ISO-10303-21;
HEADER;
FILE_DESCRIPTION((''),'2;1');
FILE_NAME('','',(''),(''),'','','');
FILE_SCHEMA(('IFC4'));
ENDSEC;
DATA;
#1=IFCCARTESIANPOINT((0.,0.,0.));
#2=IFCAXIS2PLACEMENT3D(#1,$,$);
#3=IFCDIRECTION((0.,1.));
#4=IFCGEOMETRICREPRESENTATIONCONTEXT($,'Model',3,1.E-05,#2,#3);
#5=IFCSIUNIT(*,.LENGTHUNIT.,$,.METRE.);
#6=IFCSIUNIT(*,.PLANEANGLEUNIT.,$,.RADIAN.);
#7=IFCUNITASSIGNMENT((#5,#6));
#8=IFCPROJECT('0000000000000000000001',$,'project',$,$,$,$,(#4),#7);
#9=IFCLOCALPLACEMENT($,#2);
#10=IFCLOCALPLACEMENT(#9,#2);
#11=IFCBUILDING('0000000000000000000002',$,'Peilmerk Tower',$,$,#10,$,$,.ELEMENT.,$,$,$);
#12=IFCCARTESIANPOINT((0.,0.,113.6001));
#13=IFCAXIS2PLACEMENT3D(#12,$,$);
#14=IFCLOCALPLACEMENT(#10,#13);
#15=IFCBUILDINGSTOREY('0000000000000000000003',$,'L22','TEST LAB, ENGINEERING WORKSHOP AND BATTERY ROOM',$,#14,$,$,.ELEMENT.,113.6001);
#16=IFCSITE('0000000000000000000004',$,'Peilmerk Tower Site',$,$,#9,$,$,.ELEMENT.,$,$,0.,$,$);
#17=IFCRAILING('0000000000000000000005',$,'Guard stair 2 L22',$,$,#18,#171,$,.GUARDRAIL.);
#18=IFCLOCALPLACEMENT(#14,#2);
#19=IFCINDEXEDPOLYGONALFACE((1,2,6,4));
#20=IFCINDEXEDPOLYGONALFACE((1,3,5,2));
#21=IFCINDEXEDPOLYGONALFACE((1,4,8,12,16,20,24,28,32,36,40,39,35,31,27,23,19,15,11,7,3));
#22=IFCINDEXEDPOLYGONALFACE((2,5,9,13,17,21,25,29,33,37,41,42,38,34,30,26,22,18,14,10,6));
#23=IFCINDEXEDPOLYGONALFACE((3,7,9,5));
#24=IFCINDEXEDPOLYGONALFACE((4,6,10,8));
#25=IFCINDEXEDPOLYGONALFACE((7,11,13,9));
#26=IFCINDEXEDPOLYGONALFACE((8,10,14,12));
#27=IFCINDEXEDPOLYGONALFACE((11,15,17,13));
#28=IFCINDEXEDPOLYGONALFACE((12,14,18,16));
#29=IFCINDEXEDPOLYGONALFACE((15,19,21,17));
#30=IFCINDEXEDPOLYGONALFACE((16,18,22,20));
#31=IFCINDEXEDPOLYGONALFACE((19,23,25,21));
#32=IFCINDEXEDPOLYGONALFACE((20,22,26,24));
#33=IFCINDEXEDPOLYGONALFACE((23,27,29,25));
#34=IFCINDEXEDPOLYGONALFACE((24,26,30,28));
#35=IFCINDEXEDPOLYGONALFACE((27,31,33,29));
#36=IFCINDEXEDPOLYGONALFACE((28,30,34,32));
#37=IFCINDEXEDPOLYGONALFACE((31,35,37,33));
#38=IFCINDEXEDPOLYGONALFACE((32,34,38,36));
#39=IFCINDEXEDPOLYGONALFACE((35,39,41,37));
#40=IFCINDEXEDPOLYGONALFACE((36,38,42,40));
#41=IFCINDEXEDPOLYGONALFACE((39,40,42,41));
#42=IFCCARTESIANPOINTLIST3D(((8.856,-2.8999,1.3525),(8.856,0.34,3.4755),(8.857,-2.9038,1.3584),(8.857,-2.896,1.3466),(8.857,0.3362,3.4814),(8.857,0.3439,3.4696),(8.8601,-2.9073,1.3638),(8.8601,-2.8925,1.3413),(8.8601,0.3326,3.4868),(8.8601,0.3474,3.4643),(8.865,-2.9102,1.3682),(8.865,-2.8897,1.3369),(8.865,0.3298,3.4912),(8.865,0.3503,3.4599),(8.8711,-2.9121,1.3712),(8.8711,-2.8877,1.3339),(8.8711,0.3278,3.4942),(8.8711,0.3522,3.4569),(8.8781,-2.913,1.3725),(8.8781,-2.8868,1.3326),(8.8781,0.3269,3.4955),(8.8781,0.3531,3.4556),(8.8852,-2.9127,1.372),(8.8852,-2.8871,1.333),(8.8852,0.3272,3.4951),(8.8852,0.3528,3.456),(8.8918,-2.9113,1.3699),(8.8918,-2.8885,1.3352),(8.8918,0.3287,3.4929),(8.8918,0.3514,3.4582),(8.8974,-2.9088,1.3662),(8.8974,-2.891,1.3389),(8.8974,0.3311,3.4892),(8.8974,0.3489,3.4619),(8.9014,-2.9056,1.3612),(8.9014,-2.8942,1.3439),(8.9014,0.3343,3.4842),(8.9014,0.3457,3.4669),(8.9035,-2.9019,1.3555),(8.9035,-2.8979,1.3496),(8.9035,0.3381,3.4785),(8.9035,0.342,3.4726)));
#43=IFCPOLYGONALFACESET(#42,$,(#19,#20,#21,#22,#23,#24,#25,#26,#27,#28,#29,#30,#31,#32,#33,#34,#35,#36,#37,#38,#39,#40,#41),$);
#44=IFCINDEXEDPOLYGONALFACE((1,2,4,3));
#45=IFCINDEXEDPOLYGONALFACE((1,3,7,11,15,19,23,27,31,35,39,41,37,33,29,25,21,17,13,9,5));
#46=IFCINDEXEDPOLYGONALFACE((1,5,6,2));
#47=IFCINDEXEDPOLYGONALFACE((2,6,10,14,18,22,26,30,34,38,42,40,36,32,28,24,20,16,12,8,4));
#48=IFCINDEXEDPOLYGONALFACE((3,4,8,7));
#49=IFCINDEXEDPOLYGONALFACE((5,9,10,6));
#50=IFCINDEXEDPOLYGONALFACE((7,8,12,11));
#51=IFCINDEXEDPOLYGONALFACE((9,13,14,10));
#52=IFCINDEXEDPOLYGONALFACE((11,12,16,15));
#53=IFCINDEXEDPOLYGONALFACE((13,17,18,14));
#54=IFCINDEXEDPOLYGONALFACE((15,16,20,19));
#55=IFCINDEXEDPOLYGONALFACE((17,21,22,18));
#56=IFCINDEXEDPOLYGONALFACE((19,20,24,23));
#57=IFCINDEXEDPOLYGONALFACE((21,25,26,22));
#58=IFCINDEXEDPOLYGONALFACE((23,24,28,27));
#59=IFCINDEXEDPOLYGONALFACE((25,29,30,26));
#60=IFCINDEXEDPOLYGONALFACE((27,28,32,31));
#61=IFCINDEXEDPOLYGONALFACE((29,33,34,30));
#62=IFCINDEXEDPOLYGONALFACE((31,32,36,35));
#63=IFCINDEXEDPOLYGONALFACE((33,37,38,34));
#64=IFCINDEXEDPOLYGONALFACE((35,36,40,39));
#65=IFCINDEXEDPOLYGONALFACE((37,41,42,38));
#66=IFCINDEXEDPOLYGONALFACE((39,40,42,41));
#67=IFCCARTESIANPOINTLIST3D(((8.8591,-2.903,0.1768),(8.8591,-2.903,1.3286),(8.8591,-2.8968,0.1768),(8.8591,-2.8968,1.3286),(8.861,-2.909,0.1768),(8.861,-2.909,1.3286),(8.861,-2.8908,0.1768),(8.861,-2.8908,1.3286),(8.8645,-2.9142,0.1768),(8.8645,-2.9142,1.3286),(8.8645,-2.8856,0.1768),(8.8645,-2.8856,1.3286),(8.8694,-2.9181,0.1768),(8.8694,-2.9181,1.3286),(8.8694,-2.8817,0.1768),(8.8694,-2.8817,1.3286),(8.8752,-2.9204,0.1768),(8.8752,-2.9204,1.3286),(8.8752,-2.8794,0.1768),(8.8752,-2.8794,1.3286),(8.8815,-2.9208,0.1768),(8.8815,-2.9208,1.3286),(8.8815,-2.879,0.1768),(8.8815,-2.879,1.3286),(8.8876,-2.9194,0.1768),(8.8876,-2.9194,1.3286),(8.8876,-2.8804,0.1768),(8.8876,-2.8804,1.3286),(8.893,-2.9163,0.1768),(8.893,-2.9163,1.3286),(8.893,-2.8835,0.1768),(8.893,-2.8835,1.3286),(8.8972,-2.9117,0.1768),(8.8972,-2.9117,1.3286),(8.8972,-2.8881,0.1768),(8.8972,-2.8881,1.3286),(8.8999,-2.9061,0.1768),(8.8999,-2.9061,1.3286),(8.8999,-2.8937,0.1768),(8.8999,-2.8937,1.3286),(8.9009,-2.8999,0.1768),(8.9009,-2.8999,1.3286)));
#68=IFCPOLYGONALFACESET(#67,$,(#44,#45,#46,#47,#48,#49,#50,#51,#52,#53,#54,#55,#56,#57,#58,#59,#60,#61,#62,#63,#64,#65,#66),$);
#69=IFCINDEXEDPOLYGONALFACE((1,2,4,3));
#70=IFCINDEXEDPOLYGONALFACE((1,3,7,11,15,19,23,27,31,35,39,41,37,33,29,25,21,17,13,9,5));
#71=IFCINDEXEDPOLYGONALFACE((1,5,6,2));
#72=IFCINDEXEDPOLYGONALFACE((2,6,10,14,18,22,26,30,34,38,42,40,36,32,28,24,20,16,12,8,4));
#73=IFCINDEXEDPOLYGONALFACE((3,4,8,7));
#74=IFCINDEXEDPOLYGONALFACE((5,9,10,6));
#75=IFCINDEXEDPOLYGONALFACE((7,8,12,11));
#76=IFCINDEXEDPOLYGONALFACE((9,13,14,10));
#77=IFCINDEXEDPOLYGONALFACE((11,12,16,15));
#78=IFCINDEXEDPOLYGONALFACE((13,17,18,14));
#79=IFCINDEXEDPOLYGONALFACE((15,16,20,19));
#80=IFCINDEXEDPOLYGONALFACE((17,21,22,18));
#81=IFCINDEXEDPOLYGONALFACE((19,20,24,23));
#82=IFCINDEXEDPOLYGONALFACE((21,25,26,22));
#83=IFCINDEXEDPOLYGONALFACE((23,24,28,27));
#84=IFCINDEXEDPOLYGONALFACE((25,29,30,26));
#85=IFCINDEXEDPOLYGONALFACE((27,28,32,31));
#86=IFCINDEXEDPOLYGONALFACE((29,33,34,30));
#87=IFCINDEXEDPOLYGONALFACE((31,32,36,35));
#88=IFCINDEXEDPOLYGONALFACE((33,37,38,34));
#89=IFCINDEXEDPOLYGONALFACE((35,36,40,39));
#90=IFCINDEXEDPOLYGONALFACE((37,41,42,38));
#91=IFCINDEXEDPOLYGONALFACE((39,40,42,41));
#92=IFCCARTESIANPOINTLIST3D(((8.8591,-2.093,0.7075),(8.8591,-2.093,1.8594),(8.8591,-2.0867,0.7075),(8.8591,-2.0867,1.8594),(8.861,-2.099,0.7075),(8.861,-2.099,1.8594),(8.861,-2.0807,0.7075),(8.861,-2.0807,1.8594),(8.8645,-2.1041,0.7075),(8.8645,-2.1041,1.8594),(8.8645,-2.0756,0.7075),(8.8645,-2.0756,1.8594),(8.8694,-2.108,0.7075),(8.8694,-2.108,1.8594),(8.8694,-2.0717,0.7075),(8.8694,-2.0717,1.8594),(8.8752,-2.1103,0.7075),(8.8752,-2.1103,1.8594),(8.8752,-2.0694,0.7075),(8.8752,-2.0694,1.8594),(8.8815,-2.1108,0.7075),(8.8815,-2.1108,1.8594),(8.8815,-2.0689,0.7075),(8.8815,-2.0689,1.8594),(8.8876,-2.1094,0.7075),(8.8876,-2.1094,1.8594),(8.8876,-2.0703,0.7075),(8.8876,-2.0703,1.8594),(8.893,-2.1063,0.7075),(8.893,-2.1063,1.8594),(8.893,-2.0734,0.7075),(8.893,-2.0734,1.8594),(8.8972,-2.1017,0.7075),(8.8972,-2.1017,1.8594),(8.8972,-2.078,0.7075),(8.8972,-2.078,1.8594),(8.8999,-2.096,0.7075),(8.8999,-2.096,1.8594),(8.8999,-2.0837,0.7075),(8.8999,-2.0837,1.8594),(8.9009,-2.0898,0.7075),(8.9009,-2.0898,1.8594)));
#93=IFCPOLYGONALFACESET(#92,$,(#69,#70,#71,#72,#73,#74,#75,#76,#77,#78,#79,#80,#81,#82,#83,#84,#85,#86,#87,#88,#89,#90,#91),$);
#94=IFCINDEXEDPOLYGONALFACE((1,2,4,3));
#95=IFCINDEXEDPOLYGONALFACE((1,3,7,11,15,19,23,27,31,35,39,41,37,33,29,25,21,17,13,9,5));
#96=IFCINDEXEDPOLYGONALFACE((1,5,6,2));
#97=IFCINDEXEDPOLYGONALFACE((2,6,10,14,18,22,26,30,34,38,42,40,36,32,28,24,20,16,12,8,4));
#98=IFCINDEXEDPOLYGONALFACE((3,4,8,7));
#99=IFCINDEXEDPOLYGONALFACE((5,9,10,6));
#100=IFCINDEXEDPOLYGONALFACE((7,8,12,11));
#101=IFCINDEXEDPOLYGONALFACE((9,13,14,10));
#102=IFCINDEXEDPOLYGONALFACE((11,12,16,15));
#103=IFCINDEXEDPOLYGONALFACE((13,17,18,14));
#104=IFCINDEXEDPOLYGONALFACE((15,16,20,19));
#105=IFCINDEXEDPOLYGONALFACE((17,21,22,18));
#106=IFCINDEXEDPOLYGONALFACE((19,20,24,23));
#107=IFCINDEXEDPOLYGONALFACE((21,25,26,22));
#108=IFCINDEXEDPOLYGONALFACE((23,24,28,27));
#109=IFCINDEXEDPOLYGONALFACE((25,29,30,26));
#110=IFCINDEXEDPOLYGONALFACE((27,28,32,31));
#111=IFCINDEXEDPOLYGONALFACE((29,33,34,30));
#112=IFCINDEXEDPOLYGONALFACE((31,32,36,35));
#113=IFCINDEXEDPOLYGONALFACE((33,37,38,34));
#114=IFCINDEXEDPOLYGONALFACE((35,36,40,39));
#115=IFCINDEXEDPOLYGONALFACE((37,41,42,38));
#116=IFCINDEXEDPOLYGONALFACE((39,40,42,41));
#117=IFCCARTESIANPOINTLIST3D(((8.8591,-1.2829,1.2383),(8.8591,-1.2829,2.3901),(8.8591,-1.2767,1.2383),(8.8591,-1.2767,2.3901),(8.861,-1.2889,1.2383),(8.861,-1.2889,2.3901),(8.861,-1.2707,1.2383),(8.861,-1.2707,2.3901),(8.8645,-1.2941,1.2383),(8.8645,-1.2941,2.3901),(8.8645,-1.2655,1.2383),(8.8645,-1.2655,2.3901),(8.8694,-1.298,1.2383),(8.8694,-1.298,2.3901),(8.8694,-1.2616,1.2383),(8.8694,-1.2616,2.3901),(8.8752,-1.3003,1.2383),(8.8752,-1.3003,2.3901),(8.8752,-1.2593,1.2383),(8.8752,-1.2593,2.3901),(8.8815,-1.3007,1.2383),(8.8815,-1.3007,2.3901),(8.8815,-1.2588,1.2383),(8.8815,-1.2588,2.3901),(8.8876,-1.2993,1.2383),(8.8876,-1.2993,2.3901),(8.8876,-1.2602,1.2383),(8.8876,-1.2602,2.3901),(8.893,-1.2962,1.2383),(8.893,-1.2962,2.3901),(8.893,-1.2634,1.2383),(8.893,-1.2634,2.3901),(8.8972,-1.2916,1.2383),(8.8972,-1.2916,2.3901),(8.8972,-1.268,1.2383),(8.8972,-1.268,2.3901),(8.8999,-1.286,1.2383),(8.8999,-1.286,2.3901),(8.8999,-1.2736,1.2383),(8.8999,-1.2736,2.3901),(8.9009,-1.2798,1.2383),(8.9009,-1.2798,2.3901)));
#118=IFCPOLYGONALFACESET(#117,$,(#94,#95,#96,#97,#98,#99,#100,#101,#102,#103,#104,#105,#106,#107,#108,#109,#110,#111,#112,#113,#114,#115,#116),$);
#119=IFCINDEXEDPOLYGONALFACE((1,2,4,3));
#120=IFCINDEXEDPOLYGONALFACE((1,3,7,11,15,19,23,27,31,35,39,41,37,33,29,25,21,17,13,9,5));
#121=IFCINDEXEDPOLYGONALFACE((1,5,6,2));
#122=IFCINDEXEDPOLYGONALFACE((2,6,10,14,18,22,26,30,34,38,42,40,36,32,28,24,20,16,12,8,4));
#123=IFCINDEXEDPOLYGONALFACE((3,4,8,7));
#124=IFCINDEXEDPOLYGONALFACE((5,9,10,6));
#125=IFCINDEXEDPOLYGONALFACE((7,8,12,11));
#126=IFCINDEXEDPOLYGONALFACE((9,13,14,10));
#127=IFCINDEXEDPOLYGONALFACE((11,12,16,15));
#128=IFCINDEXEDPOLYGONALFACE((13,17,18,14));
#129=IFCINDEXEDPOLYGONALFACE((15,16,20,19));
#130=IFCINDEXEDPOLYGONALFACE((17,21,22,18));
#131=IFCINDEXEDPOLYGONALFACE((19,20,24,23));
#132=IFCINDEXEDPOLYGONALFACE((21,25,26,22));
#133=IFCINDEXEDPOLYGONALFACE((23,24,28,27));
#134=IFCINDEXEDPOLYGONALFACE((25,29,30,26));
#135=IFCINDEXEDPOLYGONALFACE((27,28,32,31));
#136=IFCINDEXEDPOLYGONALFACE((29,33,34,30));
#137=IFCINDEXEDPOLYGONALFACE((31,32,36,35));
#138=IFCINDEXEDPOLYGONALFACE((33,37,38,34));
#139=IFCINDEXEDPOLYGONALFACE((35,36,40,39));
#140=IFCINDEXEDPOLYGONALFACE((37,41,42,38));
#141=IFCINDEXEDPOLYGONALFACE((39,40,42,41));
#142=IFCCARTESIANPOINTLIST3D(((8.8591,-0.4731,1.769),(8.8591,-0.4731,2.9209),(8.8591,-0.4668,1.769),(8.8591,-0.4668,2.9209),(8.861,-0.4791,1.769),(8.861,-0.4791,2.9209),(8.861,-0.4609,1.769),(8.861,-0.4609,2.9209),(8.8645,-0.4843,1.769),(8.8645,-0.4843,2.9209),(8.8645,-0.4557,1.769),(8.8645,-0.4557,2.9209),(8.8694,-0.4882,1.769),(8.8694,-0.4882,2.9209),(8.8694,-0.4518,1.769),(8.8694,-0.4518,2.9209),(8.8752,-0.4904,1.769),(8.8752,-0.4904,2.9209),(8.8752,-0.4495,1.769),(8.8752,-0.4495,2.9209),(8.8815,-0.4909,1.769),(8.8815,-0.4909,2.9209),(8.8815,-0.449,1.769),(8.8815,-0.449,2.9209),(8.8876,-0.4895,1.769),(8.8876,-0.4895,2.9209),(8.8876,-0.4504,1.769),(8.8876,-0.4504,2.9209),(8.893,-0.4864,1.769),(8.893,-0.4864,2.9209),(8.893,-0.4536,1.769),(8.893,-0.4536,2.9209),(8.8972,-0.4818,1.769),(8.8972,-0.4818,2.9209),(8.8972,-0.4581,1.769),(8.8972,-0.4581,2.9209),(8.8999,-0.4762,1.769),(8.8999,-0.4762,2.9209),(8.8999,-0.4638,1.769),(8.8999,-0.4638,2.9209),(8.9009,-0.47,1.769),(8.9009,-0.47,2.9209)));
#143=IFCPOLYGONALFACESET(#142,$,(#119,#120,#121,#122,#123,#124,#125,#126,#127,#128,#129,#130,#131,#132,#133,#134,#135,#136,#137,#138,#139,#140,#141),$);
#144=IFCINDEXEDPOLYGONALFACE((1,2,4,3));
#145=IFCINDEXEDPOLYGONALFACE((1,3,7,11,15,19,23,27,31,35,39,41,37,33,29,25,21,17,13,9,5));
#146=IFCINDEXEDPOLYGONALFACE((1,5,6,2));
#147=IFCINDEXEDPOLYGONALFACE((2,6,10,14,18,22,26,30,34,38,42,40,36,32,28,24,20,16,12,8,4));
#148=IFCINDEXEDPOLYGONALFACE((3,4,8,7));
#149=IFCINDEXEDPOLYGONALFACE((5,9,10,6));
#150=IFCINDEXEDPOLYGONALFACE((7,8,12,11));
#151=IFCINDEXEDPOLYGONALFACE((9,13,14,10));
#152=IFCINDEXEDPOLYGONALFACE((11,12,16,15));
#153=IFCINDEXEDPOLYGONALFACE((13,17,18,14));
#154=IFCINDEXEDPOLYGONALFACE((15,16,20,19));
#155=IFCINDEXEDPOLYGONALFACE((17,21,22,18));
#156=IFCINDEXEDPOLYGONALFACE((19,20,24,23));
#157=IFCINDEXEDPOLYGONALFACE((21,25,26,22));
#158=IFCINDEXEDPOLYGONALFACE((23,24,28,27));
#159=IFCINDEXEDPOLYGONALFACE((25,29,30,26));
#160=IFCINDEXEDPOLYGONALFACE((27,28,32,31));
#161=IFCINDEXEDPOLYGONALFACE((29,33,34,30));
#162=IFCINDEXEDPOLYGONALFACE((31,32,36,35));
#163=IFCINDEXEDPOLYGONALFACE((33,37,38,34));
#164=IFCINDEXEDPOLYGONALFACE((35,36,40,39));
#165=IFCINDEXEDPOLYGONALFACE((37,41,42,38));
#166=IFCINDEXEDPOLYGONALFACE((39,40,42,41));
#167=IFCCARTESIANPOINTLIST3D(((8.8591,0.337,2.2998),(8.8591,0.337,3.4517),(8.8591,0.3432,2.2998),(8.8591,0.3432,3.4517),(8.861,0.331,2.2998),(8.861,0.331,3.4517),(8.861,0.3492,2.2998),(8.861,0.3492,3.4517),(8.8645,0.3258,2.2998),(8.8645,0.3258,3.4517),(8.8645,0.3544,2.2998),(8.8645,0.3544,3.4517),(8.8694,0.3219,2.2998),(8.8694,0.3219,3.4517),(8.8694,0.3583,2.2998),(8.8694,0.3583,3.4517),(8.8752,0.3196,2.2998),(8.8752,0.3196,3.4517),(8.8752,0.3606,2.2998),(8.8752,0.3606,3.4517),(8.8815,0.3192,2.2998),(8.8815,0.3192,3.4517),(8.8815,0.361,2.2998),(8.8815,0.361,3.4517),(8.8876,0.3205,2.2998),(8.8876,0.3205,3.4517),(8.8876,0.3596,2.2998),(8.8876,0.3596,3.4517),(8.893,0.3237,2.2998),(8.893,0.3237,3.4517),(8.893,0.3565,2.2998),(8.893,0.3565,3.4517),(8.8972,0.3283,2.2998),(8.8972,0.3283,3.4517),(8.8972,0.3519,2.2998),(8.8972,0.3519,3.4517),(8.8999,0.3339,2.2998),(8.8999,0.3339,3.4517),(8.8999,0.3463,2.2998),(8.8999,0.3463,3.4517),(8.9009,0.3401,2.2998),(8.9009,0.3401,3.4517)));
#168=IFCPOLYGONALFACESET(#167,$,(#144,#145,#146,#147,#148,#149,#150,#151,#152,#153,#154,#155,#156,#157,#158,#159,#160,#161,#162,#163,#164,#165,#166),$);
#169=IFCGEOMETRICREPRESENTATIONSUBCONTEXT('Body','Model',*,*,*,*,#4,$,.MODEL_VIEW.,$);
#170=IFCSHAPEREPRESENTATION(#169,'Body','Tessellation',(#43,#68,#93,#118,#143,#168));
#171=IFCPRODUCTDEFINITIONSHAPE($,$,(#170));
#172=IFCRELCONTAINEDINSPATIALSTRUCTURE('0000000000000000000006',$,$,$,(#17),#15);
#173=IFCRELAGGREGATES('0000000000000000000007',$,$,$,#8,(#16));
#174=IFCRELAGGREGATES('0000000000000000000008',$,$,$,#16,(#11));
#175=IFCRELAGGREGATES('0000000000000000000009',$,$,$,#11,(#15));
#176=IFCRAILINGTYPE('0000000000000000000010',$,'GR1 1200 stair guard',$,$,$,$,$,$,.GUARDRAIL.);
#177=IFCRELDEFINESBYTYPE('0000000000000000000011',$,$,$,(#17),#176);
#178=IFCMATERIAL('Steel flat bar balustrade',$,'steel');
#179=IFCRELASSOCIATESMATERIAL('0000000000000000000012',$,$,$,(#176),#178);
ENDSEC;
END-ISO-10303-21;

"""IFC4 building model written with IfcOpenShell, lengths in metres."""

from ifc_helpers import new_model, si_unit, direction, frame, origin, origin_2d, place, context, subcontext, project, spatial, circle, extrude, material, type_object, element, save


model = new_model("IFC4")

# Units and contexts
model_context = context("Model", 3, precision=1e-05, world=origin(), true_north=direction((0.0, 1.0)))
body_context = subcontext(model_context, "Body", "Model", "MODEL_VIEW")
ifc_project = project(units=[si_unit("LENGTHUNIT", "METRE"), si_unit("PLANEANGLEUNIT", "RADIAN")], contexts=[model_context])

# Site, building, storey
site_placement = place(None, origin())
site = spatial("IfcSite", under=ifc_project, at=site_placement, Name="Peilmerk Tower Site", CompositionType="ELEMENT", RefElevation=0.0)
building_placement = place(site_placement, origin())
building = spatial("IfcBuilding", under=site, at=building_placement, Name="Peilmerk Tower", CompositionType="ELEMENT")
storey_placement = place(building_placement, frame((0.0, 0.0, 113.6001)))
storey = spatial("IfcBuildingStorey", under=building, at=storey_placement, Name="L22", Description="TEST LAB, ENGINEERING WORKSHOP AND BATTERY ROOM", CompositionType="ELEMENT", Elevation=113.6001)

# Railing
ifc_material_1 = material(Name="Steel flat bar balustrade", Category="steel")
railing_type_1 = type_object("IfcRailingType", Name="GR1 1200 stair guard", PredefinedType="GUARDRAIL", material=ifc_material_1)
railing_1_placement = place(storey_placement, frame((8.8799, -2.8999, 0.1768)))
element("IfcRailing", 1, at=railing_1_placement, inside=storey, type_object=railing_type_1, Name="Guard stair 2 L22", PredefinedType="GUARDRAIL", context=body_context, shape_type="SweptSolid", body=[
    extrude(circle(Radius=0.0239, at=origin_2d()), frame((0.0, 0.0, 1.1758), z_axis=(0.0, 0.836426, 0.548079), x_axis=(-1.0, 0.0, 0.0)), (0.0, 0.0, 1.0), 3.8735),
    extrude(circle(Radius=0.021, at=origin_2d()), origin(), (0.0, 0.0, 1.0), 1.1519),
    extrude(circle(Radius=0.021, at=origin_2d()), frame((0.0, 0.8101, 0.5308)), (0.0, 0.0, 1.0), 1.1519),
    extrude(circle(Radius=0.021, at=origin_2d()), frame((0.0, 1.6201, 1.0615)), (0.0, 0.0, 1.0), 1.1519),
    extrude(circle(Radius=0.021, at=origin_2d()), frame((0.0, 2.4299, 1.5923)), (0.0, 0.0, 1.0), 1.1519),
    extrude(circle(Radius=0.021, at=origin_2d()), frame((0.0, 3.24, 2.123)), (0.0, 0.0, 1.0), 1.1519),
])

save(model, "model.ifc")
